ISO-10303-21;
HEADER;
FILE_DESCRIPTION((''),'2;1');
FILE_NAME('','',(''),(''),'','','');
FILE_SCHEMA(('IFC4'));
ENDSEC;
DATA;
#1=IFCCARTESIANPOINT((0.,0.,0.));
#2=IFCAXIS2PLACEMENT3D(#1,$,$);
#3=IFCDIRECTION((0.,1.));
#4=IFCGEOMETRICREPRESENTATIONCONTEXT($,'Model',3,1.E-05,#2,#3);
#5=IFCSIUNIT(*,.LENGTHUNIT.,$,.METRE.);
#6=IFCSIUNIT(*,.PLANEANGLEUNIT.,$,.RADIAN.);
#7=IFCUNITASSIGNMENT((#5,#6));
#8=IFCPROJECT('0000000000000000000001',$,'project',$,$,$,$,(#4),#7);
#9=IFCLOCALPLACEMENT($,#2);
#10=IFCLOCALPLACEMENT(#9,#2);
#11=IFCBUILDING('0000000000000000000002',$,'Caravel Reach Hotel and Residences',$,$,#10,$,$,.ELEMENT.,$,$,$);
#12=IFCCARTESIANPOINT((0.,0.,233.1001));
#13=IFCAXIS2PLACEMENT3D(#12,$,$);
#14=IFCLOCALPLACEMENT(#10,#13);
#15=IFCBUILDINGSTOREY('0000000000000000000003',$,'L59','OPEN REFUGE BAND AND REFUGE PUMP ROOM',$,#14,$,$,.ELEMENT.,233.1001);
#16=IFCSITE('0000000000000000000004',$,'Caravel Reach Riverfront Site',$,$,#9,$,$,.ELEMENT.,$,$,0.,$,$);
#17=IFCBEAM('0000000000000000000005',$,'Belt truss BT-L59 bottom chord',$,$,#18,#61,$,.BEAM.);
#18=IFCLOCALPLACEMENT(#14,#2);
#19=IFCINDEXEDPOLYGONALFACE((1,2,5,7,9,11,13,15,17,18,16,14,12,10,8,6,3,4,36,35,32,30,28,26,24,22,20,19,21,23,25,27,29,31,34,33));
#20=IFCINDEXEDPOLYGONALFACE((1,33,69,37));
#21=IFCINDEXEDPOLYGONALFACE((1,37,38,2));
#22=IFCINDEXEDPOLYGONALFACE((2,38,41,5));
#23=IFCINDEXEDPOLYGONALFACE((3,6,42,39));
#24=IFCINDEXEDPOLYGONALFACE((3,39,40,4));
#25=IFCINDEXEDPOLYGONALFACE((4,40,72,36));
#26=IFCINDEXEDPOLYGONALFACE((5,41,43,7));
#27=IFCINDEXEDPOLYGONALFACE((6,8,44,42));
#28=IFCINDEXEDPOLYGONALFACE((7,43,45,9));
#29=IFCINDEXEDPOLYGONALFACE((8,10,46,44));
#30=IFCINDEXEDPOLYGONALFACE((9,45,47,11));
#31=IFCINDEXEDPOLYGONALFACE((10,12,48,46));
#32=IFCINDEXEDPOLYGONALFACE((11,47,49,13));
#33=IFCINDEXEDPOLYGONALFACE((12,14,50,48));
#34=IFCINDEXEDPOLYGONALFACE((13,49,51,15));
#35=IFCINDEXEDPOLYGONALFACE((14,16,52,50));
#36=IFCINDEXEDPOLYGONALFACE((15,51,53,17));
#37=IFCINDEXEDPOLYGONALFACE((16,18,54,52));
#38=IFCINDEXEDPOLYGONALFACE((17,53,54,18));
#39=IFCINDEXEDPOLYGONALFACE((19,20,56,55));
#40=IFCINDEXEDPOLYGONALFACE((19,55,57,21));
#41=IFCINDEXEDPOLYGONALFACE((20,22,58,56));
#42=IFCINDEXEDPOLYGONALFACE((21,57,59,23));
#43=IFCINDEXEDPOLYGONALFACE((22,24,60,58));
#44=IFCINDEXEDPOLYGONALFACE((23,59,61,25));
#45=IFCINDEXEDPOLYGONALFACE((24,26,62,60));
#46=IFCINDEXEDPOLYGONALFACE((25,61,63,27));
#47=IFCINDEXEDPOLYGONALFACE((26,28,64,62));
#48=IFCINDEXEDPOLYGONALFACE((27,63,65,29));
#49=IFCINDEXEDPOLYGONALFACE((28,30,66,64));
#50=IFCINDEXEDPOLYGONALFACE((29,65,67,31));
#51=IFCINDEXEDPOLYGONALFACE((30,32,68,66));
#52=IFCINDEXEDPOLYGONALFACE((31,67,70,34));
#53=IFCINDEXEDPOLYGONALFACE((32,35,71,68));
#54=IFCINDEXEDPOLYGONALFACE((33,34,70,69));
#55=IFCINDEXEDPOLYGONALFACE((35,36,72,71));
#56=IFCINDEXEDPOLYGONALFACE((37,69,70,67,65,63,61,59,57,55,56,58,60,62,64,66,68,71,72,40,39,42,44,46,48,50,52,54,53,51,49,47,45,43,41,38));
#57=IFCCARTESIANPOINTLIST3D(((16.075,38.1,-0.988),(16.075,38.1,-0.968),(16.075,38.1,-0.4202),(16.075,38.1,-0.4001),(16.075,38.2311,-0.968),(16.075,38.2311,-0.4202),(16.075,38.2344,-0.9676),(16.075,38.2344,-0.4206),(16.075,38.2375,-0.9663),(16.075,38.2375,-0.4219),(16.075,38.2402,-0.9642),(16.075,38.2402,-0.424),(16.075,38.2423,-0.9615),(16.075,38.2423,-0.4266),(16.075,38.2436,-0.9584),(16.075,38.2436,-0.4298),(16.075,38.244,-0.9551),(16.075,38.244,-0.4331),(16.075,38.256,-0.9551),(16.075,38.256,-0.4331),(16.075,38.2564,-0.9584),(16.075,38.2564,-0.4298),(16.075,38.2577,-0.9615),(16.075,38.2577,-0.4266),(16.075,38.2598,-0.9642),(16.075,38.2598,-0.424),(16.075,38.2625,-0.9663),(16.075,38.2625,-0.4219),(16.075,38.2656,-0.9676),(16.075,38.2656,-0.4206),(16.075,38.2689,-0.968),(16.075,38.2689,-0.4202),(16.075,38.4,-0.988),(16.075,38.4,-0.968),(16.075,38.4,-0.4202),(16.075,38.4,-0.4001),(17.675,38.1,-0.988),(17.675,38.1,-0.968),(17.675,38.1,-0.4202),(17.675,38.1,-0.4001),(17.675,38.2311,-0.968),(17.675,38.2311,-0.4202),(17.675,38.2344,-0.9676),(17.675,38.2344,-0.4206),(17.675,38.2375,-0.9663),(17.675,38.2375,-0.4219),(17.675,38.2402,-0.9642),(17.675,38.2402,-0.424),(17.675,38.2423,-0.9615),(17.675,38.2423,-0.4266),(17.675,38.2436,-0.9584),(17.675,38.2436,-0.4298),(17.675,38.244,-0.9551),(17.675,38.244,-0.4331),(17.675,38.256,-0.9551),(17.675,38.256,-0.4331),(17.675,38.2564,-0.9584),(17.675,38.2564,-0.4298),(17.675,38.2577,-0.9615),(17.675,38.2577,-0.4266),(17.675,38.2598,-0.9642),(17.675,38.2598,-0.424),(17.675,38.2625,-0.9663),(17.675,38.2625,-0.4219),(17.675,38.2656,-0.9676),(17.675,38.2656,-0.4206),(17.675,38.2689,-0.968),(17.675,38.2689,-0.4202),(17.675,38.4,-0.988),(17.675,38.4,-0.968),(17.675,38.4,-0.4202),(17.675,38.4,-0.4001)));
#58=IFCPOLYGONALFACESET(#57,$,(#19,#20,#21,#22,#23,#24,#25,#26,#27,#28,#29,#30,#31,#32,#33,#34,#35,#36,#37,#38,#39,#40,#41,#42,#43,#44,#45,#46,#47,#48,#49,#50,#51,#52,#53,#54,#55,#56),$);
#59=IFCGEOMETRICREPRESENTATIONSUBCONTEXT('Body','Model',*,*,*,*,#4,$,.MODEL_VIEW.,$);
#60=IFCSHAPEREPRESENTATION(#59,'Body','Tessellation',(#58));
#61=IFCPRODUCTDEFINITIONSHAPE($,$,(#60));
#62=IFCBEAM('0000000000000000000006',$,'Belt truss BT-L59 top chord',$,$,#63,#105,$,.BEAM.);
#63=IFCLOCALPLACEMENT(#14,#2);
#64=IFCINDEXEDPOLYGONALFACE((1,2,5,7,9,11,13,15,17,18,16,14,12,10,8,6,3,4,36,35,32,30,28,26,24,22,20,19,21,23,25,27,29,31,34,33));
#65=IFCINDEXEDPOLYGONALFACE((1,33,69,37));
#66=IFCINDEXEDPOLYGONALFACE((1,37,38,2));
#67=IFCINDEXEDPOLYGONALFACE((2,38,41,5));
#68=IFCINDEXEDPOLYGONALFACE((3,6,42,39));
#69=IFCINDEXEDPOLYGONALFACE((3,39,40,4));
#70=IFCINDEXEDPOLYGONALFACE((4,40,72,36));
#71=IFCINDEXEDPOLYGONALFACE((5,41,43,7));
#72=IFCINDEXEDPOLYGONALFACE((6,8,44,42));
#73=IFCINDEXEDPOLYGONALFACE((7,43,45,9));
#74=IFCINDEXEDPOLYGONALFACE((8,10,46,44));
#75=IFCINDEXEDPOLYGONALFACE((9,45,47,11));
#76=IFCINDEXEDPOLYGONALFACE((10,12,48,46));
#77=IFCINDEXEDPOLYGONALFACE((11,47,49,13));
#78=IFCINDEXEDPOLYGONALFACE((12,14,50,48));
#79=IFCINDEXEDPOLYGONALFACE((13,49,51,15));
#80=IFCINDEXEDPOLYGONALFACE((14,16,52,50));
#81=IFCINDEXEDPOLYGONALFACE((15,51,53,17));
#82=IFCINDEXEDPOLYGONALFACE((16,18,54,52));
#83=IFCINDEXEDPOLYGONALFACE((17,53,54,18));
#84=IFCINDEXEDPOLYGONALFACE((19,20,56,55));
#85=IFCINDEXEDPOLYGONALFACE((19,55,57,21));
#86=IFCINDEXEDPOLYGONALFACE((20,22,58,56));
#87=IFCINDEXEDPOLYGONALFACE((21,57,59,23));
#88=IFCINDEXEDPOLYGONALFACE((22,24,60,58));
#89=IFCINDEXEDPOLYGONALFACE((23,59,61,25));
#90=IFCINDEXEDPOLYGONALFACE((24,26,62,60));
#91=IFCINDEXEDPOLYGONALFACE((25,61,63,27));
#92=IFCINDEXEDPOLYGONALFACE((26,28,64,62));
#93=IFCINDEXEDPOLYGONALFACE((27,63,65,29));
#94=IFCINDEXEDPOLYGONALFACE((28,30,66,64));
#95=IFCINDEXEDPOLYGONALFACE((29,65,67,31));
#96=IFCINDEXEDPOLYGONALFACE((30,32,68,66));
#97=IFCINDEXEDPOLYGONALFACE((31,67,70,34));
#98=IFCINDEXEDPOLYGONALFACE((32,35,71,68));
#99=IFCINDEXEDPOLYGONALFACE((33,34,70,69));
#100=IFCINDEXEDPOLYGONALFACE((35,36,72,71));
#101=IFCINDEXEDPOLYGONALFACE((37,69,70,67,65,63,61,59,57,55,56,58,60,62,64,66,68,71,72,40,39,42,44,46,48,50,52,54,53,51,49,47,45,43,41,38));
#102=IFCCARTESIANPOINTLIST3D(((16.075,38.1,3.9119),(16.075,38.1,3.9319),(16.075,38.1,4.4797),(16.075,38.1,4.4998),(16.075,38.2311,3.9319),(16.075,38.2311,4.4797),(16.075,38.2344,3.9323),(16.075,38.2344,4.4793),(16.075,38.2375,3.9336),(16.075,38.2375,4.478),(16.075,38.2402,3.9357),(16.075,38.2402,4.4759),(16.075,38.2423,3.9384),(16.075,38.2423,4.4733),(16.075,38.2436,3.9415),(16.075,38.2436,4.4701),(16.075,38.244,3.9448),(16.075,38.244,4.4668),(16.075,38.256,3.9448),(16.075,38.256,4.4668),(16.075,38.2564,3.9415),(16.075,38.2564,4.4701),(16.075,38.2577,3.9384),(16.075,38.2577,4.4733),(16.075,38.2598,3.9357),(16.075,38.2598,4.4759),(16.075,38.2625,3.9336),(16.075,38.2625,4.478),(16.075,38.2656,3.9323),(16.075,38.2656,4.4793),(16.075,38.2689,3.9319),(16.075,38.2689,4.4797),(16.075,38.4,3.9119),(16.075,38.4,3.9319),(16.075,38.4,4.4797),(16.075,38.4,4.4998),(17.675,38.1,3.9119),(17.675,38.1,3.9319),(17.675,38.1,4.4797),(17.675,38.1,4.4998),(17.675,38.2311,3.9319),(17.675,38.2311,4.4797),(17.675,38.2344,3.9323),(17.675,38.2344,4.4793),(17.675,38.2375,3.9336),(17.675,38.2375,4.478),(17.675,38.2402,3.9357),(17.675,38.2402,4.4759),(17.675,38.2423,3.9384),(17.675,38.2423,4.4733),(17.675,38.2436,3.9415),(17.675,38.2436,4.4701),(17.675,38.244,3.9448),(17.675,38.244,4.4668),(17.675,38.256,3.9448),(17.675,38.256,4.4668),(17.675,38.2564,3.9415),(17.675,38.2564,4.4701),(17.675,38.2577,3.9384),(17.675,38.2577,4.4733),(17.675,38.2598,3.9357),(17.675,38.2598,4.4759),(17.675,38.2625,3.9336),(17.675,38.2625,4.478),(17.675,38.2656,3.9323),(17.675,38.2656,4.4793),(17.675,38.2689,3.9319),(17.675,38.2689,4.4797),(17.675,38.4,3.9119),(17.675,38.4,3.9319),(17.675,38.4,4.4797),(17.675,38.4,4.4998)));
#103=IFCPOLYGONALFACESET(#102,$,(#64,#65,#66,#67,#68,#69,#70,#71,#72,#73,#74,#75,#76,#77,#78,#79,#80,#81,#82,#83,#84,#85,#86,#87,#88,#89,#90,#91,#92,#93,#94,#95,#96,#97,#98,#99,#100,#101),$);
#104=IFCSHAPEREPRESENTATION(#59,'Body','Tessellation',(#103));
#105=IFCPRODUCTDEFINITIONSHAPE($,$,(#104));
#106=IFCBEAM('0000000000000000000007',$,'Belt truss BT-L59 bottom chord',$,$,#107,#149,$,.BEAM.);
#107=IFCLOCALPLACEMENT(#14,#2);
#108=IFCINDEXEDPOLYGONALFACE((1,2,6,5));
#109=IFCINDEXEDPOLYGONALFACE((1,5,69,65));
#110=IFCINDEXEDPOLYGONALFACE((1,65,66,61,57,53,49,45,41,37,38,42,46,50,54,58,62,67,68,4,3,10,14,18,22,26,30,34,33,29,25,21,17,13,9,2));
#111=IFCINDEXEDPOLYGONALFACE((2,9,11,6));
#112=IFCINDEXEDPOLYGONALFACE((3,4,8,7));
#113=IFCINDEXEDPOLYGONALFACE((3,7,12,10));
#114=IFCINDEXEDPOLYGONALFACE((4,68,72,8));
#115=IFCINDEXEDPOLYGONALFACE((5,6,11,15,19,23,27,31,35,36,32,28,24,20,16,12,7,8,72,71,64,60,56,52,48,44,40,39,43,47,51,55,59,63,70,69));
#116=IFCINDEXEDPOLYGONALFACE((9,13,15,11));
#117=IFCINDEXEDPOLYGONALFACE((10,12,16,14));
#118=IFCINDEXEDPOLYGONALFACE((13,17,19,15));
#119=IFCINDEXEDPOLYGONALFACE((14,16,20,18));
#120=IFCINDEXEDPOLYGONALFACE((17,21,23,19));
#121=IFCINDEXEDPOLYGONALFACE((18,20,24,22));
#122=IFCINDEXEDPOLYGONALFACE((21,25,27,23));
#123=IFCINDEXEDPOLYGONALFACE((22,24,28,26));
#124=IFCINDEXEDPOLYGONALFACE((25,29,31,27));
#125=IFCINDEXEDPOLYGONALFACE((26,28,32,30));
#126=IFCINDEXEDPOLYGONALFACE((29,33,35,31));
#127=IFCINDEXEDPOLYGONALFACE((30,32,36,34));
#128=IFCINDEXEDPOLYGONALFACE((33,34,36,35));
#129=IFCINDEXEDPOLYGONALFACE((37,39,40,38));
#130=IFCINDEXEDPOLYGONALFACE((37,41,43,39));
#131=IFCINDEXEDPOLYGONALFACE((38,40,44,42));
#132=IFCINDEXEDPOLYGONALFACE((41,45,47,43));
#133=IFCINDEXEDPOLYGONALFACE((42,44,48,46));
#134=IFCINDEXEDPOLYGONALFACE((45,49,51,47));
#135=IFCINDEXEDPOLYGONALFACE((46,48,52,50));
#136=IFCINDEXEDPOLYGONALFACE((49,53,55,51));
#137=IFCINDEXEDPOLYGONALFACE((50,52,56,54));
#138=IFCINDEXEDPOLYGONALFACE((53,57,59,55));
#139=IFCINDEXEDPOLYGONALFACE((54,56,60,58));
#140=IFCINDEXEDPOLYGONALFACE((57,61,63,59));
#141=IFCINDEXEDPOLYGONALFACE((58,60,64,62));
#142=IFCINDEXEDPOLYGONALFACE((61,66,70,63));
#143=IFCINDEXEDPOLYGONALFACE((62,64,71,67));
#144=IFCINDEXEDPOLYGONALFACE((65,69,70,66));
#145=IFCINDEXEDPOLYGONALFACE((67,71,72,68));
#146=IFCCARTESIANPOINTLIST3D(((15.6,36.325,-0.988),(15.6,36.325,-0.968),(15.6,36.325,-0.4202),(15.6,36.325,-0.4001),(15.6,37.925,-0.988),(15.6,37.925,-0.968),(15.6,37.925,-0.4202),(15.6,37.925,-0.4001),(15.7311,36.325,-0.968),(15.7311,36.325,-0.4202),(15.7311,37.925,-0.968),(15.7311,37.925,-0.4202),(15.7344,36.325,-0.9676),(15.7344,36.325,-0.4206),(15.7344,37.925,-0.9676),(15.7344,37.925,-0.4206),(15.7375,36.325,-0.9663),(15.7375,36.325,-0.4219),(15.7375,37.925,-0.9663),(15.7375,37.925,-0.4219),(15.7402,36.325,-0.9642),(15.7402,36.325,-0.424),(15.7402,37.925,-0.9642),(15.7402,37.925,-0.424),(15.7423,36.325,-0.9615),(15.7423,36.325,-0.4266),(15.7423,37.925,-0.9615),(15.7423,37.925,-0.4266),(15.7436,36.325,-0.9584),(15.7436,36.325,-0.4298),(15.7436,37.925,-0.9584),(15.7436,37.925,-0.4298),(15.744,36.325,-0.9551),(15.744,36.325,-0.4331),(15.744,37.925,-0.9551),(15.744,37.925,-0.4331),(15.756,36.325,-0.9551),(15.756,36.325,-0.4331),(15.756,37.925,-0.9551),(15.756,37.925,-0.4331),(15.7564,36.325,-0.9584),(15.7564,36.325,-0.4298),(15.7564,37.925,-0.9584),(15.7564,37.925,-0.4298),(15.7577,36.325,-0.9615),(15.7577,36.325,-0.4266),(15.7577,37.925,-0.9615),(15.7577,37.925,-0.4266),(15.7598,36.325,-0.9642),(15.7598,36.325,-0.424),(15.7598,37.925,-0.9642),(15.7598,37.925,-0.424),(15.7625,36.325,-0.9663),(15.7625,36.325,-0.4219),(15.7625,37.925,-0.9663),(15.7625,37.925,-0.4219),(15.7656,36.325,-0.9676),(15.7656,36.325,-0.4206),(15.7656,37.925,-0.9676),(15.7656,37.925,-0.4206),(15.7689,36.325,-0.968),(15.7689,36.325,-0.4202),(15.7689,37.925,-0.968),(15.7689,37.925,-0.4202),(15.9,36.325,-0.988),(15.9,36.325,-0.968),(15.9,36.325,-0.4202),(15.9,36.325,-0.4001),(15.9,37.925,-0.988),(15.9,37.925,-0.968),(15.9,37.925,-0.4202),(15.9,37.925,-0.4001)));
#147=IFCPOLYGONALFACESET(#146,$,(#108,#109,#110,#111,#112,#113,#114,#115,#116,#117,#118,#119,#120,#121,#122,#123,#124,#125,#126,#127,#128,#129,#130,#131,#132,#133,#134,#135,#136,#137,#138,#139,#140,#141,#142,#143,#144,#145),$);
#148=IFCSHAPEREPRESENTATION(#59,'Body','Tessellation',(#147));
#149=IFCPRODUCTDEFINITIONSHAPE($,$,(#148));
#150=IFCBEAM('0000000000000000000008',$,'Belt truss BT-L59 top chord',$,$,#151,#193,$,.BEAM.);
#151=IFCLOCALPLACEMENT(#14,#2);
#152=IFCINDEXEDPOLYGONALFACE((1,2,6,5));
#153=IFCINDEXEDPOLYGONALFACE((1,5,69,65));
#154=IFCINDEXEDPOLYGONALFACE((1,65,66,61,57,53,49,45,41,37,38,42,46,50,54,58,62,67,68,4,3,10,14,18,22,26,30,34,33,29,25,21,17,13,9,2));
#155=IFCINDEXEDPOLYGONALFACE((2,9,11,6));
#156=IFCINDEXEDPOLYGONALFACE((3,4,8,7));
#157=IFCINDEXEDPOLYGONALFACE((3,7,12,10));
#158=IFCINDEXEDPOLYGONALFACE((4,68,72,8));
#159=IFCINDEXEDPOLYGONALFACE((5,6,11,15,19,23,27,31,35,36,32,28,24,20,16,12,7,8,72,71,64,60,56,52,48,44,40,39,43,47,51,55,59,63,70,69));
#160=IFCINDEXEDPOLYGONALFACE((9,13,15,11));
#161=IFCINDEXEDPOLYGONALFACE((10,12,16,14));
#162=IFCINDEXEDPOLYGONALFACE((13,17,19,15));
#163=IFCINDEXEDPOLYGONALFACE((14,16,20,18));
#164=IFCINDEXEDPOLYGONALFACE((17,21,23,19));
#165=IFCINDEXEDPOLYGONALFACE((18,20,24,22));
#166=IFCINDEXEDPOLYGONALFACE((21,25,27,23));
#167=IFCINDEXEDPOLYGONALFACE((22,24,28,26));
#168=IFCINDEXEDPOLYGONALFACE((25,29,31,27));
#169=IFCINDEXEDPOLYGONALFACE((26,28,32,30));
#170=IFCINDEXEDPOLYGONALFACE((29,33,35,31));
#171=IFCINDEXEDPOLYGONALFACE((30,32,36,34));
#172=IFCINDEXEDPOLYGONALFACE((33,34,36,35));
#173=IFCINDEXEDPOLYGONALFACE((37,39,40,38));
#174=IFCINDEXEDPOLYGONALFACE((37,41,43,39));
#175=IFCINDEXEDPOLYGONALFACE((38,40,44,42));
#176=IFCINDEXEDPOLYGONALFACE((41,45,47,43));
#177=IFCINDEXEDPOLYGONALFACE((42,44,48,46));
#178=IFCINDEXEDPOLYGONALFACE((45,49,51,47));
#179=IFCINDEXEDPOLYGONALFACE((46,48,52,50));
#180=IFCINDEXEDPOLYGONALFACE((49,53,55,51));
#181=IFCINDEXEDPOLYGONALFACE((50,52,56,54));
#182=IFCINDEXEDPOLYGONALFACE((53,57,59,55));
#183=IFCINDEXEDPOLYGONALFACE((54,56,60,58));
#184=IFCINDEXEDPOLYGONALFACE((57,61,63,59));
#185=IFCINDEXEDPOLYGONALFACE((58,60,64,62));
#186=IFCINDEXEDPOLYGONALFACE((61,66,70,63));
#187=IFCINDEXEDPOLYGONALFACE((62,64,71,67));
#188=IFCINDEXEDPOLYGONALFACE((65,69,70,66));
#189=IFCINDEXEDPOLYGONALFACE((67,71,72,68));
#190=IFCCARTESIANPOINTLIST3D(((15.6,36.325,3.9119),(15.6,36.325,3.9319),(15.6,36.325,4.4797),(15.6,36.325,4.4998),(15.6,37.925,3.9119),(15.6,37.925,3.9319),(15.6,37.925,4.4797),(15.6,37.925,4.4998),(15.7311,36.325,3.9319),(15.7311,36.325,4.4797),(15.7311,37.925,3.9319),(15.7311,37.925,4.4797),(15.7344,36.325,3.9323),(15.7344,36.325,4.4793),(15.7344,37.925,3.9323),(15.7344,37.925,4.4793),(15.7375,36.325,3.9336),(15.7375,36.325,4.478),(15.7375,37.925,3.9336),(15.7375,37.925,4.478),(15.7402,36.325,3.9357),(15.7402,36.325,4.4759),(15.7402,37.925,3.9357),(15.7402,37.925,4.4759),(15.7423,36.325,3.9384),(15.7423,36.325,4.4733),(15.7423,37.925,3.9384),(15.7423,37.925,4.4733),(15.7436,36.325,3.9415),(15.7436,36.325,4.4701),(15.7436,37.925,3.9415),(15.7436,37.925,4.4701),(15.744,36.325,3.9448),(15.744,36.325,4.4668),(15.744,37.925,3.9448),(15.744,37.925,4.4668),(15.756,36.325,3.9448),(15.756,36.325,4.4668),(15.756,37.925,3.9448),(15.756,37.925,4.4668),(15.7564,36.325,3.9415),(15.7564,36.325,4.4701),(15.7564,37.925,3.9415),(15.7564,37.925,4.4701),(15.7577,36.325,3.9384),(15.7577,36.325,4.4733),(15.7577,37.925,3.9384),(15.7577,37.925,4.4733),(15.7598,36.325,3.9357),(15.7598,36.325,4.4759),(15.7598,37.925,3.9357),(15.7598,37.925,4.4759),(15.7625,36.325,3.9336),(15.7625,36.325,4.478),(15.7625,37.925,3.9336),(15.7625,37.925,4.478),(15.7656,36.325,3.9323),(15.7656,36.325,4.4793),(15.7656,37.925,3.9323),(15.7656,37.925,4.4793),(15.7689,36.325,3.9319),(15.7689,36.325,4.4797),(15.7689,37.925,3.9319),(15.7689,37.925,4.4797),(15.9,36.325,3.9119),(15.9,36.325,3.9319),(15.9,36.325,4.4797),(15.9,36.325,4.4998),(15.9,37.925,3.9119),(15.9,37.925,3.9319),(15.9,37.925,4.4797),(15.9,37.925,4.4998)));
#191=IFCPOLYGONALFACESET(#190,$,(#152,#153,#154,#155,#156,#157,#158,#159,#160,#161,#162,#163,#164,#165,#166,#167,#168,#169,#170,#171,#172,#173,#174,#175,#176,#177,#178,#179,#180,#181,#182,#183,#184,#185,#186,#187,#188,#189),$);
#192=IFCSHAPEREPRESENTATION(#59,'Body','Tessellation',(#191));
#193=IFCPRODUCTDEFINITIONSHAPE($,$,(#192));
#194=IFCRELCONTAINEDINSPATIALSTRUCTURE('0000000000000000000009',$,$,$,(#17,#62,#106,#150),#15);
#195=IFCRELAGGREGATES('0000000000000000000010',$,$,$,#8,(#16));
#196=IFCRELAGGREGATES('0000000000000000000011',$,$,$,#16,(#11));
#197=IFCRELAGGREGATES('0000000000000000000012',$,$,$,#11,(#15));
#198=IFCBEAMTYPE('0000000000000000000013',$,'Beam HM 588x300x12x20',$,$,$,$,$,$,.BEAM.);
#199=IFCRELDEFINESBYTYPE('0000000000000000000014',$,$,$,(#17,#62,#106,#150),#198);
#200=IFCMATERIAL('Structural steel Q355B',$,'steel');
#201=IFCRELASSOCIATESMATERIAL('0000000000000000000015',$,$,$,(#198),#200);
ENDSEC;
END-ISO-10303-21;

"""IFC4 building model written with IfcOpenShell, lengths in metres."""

from ifc_helpers import new_model, si_unit, direction, frame, origin, origin_2d, place, context, subcontext, project, spatial, i_section, extrude, material, material_profile, profile_set, type_object, element, save


model = new_model("IFC4")

# Units and contexts
model_context = context("Model", 3, precision=1e-05, world=origin(), true_north=direction((0.0, 1.0)))
body_context = subcontext(model_context, "Body", "Model", "MODEL_VIEW")
ifc_project = project(units=[si_unit("LENGTHUNIT", "METRE"), si_unit("PLANEANGLEUNIT", "RADIAN")], contexts=[model_context])

# Site, building, storey
site_placement = place(None, origin())
site = spatial("IfcSite", under=ifc_project, at=site_placement, Name="Caravel Reach Riverfront Site", CompositionType="ELEMENT", RefElevation=0.0)
building_placement = place(site_placement, origin())
building = spatial("IfcBuilding", under=site, at=building_placement, Name="Caravel Reach Hotel and Residences", CompositionType="ELEMENT")
storey_placement = place(building_placement, frame((0.0, 0.0, 233.1001)))
storey = spatial("IfcBuildingStorey", under=building, at=storey_placement, Name="L59", Description="OPEN REFUGE BAND AND REFUGE PUMP ROOM", CompositionType="ELEMENT", Elevation=233.1001)

# Beams
ifc_material_1 = material(Name="Structural steel Q355B", Category="steel")
ifc_material_profile_1 = material_profile(ifc_material_1, i_section(OverallWidth=0.3, OverallDepth=0.5879, WebThickness=0.012, FlangeThickness=0.02, FilletRadius=0.0129, at=origin_2d()), Name="HM 588x300x12x20")
ifc_profile_set_1 = profile_set([ifc_material_profile_1], Name="Structural steel Q355B")
beam_type = type_object("IfcBeamType", Name="Beam HM 588x300x12x20", PredefinedType="BEAM", material=ifc_profile_set_1)
for number, where, z_axis, x_axis, name in (
    (1, (17.675, 38.25, -0.6941), (-1.0, 0.0, 0.0), (0.0, -1.0, 0.0), "Belt truss BT-L59 bottom chord"),
    (2, (17.675, 38.25, 4.2058), (-1.0, 0.0, 0.0), (0.0, -1.0, 0.0), "Belt truss BT-L59 top chord"),
    (3, (15.75, 37.925, -0.6941), (0.0, -1.0, 0.0), (1.0, 0.0, 0.0), "Belt truss BT-L59 bottom chord"),
    (4, (15.75, 37.925, 4.2058), (0.0, -1.0, 0.0), (1.0, 0.0, 0.0), "Belt truss BT-L59 top chord"),
):
    element("IfcBeam", number, at=place(storey_placement, frame(where, z_axis=z_axis, x_axis=x_axis)), inside=storey, type_object=beam_type, Name=name, PredefinedType="BEAM", context=body_context, shape_type="SweptSolid", body=[
        extrude(i_section(OverallWidth=0.3, OverallDepth=0.5879, WebThickness=0.012, FlangeThickness=0.02, FilletRadius=0.0129, at=origin_2d()), origin(), (0.0, 0.0, 1.0), 1.6001),
    ])

save(model, "model.ifc")
